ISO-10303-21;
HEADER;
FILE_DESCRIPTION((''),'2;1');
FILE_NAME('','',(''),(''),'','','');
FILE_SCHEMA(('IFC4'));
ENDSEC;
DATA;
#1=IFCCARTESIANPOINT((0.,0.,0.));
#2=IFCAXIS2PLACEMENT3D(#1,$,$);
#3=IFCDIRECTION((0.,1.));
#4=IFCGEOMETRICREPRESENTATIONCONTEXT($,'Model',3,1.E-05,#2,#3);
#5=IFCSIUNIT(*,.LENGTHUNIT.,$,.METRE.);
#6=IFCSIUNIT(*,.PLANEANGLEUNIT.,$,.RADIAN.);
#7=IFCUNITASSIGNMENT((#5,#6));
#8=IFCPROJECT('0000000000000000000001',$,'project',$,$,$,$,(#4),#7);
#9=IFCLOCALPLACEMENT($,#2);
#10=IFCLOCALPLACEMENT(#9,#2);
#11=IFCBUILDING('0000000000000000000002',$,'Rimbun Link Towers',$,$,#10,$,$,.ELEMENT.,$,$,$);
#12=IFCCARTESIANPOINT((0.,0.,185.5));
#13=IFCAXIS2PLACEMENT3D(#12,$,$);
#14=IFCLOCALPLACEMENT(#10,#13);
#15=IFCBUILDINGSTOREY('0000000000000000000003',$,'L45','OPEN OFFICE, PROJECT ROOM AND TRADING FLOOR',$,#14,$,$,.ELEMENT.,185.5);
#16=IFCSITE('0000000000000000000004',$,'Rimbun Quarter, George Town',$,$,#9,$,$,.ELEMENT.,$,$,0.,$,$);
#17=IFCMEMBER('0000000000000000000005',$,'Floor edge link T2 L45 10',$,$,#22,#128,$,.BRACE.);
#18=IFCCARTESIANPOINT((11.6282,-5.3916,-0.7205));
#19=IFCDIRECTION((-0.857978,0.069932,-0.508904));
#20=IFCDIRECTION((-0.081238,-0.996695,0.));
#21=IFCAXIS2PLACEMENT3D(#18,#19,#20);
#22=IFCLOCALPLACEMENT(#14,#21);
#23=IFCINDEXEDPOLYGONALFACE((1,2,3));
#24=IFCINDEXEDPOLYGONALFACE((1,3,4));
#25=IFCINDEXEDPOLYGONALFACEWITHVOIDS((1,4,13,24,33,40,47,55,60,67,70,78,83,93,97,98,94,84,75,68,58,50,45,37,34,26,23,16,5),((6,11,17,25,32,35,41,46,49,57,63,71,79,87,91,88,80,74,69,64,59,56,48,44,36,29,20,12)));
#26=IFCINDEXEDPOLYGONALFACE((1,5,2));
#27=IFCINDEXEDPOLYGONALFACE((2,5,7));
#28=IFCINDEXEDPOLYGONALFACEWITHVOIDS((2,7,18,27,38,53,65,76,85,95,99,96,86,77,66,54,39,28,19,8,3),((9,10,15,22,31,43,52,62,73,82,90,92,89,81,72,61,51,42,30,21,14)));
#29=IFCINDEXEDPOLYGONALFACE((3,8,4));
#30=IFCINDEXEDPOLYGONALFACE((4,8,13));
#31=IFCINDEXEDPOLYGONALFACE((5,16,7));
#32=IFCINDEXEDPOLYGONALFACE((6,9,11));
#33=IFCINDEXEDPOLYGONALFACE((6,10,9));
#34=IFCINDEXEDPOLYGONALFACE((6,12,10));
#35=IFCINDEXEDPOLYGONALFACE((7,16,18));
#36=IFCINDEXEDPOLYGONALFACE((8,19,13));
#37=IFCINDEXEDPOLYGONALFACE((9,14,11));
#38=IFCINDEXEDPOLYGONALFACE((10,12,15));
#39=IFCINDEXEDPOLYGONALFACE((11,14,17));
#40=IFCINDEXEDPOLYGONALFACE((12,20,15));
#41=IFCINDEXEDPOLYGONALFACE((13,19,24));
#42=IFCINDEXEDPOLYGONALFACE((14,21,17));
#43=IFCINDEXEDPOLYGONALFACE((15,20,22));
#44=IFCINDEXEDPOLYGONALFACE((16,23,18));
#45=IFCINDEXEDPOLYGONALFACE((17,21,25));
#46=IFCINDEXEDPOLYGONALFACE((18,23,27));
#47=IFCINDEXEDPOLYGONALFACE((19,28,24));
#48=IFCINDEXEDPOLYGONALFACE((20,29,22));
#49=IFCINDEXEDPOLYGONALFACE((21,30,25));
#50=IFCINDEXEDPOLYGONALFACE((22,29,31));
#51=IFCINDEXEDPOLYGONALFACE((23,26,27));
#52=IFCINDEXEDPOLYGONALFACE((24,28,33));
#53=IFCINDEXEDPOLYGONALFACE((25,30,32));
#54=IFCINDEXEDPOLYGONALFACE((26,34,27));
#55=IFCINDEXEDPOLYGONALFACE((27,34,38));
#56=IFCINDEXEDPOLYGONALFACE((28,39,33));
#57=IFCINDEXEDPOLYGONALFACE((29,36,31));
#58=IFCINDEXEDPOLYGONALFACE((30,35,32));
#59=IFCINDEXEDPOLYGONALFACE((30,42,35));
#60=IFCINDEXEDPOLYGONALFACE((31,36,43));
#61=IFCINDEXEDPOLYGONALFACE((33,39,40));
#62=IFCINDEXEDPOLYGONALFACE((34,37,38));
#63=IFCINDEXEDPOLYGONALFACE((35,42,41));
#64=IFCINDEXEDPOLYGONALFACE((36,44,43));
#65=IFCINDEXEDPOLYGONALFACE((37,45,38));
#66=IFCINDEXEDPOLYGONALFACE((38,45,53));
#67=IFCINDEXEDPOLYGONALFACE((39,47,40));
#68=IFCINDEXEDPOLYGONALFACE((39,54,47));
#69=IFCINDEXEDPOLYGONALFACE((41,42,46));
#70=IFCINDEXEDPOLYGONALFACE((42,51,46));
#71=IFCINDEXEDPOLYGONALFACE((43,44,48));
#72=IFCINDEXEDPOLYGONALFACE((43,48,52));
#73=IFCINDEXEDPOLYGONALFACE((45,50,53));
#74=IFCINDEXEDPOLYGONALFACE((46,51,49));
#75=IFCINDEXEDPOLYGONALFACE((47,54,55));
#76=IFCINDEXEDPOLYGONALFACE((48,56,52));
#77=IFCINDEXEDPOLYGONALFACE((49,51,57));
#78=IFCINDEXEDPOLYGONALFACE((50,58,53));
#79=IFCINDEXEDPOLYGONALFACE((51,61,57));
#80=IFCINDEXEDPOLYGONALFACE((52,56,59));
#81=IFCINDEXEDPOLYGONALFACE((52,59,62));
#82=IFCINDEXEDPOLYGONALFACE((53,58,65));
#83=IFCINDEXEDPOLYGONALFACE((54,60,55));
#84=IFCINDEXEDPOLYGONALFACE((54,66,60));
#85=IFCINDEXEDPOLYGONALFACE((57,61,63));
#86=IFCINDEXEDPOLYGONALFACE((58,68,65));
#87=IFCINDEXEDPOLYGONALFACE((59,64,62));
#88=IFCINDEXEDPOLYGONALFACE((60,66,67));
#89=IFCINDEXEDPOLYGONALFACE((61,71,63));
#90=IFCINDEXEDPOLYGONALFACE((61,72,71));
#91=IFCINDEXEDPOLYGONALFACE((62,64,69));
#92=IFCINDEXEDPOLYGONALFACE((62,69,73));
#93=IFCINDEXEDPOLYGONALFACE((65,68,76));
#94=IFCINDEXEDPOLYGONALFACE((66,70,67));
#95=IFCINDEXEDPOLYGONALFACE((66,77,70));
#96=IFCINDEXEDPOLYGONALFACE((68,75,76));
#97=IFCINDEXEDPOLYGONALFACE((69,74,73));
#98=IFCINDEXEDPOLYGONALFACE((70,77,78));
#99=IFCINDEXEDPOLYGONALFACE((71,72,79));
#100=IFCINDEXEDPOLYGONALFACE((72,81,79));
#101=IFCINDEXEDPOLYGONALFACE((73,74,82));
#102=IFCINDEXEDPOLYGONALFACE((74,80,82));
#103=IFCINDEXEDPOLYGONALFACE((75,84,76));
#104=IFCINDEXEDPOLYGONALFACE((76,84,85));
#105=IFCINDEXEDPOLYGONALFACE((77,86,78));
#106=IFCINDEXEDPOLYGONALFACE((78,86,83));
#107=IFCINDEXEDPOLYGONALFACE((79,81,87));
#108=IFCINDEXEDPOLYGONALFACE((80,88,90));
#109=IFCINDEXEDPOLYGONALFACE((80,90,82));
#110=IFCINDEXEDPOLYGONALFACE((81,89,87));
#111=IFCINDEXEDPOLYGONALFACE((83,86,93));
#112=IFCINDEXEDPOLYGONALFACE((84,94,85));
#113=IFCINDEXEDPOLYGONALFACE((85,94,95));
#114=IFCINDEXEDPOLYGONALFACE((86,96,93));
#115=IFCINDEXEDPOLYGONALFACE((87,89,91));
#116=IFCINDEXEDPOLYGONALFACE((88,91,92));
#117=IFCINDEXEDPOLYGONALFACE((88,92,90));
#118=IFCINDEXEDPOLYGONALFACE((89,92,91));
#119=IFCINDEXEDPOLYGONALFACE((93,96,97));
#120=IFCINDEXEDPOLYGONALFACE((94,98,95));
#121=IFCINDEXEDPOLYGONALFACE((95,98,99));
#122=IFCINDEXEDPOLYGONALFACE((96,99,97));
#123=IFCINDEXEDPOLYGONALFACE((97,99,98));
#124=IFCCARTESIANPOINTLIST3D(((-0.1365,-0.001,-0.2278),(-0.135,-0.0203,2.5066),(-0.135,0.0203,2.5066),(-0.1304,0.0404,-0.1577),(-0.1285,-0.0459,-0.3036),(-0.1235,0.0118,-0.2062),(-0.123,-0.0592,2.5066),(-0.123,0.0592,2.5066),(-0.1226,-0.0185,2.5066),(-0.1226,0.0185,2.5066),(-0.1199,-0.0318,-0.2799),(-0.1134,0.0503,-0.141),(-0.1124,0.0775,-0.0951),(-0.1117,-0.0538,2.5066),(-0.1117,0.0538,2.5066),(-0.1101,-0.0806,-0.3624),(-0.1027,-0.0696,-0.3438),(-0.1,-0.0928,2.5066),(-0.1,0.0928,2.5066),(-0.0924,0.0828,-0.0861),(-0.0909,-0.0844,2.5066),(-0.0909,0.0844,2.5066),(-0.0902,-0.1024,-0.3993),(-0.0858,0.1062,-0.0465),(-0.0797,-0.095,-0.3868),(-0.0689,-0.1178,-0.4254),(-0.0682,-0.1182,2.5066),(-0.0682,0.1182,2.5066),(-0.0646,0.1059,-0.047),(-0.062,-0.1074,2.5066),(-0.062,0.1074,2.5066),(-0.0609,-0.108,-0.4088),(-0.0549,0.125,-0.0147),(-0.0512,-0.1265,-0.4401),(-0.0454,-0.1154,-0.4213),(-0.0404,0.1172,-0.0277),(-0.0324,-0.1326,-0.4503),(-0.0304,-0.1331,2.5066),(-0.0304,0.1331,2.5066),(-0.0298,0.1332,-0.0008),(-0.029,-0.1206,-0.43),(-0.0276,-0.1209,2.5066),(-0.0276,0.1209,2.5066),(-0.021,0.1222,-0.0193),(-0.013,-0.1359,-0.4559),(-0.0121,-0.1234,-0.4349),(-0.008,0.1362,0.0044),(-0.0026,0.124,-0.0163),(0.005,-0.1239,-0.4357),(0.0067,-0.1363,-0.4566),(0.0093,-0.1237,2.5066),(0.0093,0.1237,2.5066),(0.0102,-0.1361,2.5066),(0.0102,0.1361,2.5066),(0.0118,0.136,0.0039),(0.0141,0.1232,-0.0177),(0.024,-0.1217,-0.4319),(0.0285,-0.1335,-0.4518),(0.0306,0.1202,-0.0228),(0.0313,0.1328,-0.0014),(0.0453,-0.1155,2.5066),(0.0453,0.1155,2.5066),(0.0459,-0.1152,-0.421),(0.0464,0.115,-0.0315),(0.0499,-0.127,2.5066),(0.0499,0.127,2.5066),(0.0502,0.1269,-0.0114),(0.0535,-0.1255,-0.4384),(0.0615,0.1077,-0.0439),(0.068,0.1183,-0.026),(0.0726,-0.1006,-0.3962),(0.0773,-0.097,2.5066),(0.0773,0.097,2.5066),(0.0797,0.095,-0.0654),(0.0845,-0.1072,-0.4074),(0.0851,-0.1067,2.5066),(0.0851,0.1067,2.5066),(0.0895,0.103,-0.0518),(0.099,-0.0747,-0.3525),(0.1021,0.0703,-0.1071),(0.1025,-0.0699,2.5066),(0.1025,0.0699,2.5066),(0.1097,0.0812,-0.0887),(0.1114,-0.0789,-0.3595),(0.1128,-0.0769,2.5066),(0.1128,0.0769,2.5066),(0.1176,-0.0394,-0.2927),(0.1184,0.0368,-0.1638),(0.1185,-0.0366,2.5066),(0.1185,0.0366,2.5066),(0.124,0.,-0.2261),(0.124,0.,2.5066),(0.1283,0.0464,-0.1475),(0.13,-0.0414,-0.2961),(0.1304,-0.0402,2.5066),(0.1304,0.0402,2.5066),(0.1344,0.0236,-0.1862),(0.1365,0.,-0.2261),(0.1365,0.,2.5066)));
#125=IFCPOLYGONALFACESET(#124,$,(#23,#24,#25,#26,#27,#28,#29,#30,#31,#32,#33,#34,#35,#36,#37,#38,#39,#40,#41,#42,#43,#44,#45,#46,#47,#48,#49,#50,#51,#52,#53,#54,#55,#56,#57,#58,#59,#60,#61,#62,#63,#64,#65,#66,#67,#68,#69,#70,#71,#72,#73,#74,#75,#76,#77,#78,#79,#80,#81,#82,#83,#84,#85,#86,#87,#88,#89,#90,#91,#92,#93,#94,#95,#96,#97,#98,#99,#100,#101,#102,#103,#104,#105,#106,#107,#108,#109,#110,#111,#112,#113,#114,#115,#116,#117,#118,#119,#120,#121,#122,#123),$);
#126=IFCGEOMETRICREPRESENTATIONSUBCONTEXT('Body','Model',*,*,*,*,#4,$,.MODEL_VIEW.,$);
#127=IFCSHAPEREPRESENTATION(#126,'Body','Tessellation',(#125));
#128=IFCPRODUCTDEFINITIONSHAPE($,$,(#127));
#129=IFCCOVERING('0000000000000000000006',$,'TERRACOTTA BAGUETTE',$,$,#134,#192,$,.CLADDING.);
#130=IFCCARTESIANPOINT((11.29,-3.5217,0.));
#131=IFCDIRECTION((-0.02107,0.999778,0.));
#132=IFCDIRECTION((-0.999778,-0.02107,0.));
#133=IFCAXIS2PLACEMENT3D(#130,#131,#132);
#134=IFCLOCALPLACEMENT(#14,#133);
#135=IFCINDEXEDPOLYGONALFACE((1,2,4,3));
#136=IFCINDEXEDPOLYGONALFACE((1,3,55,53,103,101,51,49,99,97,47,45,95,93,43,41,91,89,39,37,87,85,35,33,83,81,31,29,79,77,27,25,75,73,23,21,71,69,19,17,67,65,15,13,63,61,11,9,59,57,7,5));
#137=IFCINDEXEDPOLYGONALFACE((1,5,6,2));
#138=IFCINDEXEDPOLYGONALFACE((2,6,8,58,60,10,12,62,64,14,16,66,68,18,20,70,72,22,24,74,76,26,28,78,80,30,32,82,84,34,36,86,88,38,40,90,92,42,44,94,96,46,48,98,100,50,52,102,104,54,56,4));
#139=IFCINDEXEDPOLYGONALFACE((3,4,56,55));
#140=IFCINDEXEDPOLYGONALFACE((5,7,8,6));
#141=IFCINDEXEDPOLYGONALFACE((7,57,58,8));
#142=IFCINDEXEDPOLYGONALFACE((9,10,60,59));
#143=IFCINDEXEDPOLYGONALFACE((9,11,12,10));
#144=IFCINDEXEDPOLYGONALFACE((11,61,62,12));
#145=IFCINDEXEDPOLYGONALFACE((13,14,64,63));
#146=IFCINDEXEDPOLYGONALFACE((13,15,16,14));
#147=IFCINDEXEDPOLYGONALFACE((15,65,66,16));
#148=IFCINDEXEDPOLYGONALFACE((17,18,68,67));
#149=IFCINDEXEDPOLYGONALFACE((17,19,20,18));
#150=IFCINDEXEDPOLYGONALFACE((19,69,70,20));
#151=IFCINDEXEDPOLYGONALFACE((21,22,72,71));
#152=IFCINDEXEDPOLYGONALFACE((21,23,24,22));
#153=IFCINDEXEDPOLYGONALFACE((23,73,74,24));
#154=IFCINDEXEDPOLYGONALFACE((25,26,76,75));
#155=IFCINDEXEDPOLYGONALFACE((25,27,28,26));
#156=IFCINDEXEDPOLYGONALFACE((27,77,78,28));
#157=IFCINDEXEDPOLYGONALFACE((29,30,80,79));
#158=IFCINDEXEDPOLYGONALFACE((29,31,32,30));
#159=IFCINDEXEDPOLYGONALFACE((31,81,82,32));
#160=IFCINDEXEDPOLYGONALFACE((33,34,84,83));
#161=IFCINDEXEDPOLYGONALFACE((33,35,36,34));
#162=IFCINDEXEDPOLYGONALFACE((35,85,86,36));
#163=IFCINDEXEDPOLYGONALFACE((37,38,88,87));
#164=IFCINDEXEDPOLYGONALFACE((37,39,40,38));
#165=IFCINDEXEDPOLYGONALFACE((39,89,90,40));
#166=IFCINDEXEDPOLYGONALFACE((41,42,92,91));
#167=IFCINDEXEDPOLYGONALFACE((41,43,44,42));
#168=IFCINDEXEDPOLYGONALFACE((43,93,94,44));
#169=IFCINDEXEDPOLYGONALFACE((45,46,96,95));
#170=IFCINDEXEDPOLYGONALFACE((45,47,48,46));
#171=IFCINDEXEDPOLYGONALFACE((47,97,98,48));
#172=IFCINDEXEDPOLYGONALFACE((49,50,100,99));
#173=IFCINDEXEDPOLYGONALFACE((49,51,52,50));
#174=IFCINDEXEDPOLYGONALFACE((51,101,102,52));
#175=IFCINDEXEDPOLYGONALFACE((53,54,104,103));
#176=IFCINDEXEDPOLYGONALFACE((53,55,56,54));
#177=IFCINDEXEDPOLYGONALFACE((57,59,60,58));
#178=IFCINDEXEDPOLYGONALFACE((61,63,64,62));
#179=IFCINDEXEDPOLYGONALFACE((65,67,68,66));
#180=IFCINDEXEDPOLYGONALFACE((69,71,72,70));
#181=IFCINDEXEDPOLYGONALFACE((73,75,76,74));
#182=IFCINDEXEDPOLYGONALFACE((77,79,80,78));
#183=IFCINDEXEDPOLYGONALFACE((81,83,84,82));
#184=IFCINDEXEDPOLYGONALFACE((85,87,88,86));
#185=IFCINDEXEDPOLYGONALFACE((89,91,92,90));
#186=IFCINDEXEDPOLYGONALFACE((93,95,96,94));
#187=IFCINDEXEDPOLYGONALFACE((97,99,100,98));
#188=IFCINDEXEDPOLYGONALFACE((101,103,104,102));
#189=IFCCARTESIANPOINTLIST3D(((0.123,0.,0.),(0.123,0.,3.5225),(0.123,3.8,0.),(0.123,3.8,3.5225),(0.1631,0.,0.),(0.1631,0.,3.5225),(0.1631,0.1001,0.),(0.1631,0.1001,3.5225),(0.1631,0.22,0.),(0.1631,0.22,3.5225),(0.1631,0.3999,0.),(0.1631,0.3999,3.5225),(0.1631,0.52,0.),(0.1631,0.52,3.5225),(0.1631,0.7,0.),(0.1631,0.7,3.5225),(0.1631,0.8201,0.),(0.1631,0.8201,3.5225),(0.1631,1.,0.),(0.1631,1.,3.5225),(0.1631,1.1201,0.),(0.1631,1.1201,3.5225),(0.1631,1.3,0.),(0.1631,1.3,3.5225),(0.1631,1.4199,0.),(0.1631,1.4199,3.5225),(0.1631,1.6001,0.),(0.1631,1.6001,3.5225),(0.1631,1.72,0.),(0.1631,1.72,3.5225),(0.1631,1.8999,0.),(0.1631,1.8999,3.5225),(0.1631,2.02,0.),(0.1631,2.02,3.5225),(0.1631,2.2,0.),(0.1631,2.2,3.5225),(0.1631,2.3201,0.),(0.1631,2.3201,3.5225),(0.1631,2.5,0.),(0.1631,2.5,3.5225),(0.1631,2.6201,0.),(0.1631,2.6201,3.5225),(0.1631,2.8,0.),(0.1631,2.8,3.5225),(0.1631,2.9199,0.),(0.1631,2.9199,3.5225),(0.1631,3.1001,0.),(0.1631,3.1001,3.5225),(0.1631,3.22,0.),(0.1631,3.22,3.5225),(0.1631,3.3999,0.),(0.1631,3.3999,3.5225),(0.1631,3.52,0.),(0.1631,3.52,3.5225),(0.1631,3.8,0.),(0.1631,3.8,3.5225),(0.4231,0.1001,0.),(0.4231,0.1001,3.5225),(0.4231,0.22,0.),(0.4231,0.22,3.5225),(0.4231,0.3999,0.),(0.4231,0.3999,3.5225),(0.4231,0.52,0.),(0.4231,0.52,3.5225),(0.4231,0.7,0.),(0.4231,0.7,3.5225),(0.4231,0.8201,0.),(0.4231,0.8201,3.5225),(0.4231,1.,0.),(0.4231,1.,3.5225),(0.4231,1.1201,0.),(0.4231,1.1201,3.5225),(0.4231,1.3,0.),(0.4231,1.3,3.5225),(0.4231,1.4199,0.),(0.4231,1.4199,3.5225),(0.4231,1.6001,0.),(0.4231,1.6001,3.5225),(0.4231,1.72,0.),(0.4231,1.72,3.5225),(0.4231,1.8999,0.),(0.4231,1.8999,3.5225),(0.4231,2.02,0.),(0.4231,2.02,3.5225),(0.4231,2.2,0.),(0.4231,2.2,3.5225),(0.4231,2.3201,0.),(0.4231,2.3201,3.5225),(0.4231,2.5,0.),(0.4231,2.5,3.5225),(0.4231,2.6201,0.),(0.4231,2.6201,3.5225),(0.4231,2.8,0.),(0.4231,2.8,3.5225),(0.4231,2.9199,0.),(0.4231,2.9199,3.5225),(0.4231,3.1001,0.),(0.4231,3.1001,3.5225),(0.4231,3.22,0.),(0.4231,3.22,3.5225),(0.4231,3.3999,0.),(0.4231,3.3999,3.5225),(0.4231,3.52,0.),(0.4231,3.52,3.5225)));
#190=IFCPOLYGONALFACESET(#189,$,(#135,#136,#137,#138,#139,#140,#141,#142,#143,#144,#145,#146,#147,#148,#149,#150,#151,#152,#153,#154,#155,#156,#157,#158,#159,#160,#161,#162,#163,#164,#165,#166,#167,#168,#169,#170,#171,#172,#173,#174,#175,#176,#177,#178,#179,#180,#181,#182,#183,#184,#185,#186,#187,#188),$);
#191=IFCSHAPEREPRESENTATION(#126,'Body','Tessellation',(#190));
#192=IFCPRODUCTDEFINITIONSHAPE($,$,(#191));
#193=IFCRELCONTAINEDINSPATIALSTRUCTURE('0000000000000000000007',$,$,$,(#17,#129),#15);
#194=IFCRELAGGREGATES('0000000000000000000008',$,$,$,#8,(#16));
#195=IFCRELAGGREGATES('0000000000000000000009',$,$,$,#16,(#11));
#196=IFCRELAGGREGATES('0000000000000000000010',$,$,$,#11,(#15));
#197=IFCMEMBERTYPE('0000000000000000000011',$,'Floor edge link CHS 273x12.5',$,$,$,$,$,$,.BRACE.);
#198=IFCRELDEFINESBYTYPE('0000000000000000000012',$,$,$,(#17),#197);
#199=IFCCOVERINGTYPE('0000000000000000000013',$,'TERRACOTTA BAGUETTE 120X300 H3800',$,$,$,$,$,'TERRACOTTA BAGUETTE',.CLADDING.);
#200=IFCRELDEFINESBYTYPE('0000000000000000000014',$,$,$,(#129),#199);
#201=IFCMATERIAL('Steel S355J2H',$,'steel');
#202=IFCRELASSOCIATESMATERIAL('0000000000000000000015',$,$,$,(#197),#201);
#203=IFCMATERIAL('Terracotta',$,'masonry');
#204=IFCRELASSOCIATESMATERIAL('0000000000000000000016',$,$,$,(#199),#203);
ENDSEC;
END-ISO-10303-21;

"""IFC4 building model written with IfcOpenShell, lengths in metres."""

from ifc_helpers import new_model, si_unit, direction, frame, origin, origin_2d, place, context, subcontext, project, spatial, polyline, hollow_circle, outline, extrude, clip, halfspace, material, material_profile, profile_set, type_object, element, save


model = new_model("IFC4")

# Units and contexts
model_context = context("Model", 3, precision=1e-05, world=origin(), true_north=direction((0.0, 1.0)))
body_context = subcontext(model_context, "Body", "Model", "MODEL_VIEW")
ifc_project = project(units=[si_unit("LENGTHUNIT", "METRE"), si_unit("PLANEANGLEUNIT", "RADIAN")], contexts=[model_context])

# Site, building, storey
site_placement = place(None, origin())
site = spatial("IfcSite", under=ifc_project, at=site_placement, Name="Rimbun Quarter, George Town", CompositionType="ELEMENT", RefElevation=0.0)
building_placement = place(site_placement, origin())
building = spatial("IfcBuilding", under=site, at=building_placement, Name="Rimbun Link Towers", CompositionType="ELEMENT")
storey_placement = place(building_placement, frame((0.0, 0.0, 185.5)))
storey = spatial("IfcBuildingStorey", under=building, at=storey_placement, Name="L45", Description="OPEN OFFICE, PROJECT ROOM AND TRADING FLOOR", CompositionType="ELEMENT", Elevation=185.5)

# Member
ifc_material_1 = material(Name="Steel S355J2H", Category="steel")
ifc_material_profile_1 = material_profile(ifc_material_1, hollow_circle(Radius=0.1365, WallThickness=0.0125, at=origin_2d()), Name="CHS 273x12.5")
ifc_profile_set_1 = profile_set([ifc_material_profile_1], Name="Steel S355J2H")
member_type_1 = type_object("IfcMemberType", Name="Floor edge link CHS 273x12.5", PredefinedType="BRACE", material=ifc_profile_set_1)
member_1_placement = place(storey_placement, frame((11.6282, -5.3916, -0.7205), z_axis=(-0.857978, 0.069932, -0.508904), x_axis=(-0.081238, -0.996695, 0.0)))
element("IfcMember", 1, at=member_1_placement, inside=storey, type_object=member_type_1, Name="Floor edge link T2 L45 10", PredefinedType="BRACE", context=body_context, shape_type="Clipping", body=[
    clip(extrude(hollow_circle(Radius=0.1365, WallThickness=0.0125, at=origin_2d()), frame((0.0, 0.0, -0.4814)), (0.0, 0.0, 1.0), 2.988), halfspace(frame((0.0, 0.0, -0.2261), z_axis=(0.0, 0.860823, -0.508904)), False)),
])

# Covering
ifc_material_2 = material(Name="Terracotta", Category="masonry")
ifc_material_profile_2 = material_profile(ifc_material_2, outline(polyline([(0.123, 0.0), (0.1631, 0.0), (0.1631, 0.1001), (0.4231, 0.1001), (0.4231, 0.22), (0.1631, 0.22), (0.1631, 0.3999), (0.4231, 0.3999), (0.4231, 0.52), (0.1631, 0.52), (0.1631, 0.7), (0.4231, 0.7), (0.4231, 0.8201), (0.1631, 0.8201), (0.1631, 1.0), (0.4231, 1.0), (0.4231, 1.1201), (0.1631, 1.1201), (0.1631, 1.3), (0.4231, 1.3), (0.4231, 1.4199), (0.1631, 1.4199), (0.1631, 1.6001), (0.4231, 1.6001), (0.4231, 1.72), (0.1631, 1.72), (0.1631, 1.8999), (0.4231, 1.8999), (0.4231, 2.02), (0.1631, 2.02), (0.1631, 2.2), (0.4231, 2.2), (0.4231, 2.3201), (0.1631, 2.3201), (0.1631, 2.5), (0.4231, 2.5), (0.4231, 2.6201), (0.1631, 2.6201), (0.1631, 2.8), (0.4231, 2.8), (0.4231, 2.9199), (0.1631, 2.9199), (0.1631, 3.1001), (0.4231, 3.1001), (0.4231, 3.22), (0.1631, 3.22), (0.1631, 3.3999), (0.4231, 3.3999), (0.4231, 3.52), (0.1631, 3.52), (0.1631, 3.8), (0.123, 3.8), (0.123, 0.0)])), Name="BAGUETTE 120X300")
ifc_profile_set_2 = profile_set([ifc_material_profile_2], Name="Terracotta")
covering_type_1 = type_object("IfcCoveringType", Name="TERRACOTTA BAGUETTE 120X300 H3800", ElementType="TERRACOTTA BAGUETTE", PredefinedType="CLADDING", material=ifc_profile_set_2)
covering_1_placement = place(storey_placement, frame((11.29, -3.5217, 0.0), z_axis=(-0.02107, 0.999778, 0.0), x_axis=(-0.999778, -0.02107, 0.0)))
element("IfcCovering", 2, at=covering_1_placement, inside=storey, type_object=covering_type_1, Name="TERRACOTTA BAGUETTE", PredefinedType="CLADDING", context=body_context, shape_type="SweptSolid", body=[
    extrude(outline(polyline([(0.123, 0.0), (0.1631, 0.0), (0.1631, 0.1001), (0.4231, 0.1001), (0.4231, 0.22), (0.1631, 0.22), (0.1631, 0.3999), (0.4231, 0.3999), (0.4231, 0.52), (0.1631, 0.52), (0.1631, 0.7), (0.4231, 0.7), (0.4231, 0.8201), (0.1631, 0.8201), (0.1631, 1.0), (0.4231, 1.0), (0.4231, 1.1201), (0.1631, 1.1201), (0.1631, 1.3), (0.4231, 1.3), (0.4231, 1.4199), (0.1631, 1.4199), (0.1631, 1.6001), (0.4231, 1.6001), (0.4231, 1.72), (0.1631, 1.72), (0.1631, 1.8999), (0.4231, 1.8999), (0.4231, 2.02), (0.1631, 2.02), (0.1631, 2.2), (0.4231, 2.2), (0.4231, 2.3201), (0.1631, 2.3201), (0.1631, 2.5), (0.4231, 2.5), (0.4231, 2.6201), (0.1631, 2.6201), (0.1631, 2.8), (0.4231, 2.8), (0.4231, 2.9199), (0.1631, 2.9199), (0.1631, 3.1001), (0.4231, 3.1001), (0.4231, 3.22), (0.1631, 3.22), (0.1631, 3.3999), (0.4231, 3.3999), (0.4231, 3.52), (0.1631, 3.52), (0.1631, 3.8), (0.123, 3.8), (0.123, 0.0)])), origin(), (0.0, 0.0, 1.0), 3.5225),
])

save(model, "model.ifc")
